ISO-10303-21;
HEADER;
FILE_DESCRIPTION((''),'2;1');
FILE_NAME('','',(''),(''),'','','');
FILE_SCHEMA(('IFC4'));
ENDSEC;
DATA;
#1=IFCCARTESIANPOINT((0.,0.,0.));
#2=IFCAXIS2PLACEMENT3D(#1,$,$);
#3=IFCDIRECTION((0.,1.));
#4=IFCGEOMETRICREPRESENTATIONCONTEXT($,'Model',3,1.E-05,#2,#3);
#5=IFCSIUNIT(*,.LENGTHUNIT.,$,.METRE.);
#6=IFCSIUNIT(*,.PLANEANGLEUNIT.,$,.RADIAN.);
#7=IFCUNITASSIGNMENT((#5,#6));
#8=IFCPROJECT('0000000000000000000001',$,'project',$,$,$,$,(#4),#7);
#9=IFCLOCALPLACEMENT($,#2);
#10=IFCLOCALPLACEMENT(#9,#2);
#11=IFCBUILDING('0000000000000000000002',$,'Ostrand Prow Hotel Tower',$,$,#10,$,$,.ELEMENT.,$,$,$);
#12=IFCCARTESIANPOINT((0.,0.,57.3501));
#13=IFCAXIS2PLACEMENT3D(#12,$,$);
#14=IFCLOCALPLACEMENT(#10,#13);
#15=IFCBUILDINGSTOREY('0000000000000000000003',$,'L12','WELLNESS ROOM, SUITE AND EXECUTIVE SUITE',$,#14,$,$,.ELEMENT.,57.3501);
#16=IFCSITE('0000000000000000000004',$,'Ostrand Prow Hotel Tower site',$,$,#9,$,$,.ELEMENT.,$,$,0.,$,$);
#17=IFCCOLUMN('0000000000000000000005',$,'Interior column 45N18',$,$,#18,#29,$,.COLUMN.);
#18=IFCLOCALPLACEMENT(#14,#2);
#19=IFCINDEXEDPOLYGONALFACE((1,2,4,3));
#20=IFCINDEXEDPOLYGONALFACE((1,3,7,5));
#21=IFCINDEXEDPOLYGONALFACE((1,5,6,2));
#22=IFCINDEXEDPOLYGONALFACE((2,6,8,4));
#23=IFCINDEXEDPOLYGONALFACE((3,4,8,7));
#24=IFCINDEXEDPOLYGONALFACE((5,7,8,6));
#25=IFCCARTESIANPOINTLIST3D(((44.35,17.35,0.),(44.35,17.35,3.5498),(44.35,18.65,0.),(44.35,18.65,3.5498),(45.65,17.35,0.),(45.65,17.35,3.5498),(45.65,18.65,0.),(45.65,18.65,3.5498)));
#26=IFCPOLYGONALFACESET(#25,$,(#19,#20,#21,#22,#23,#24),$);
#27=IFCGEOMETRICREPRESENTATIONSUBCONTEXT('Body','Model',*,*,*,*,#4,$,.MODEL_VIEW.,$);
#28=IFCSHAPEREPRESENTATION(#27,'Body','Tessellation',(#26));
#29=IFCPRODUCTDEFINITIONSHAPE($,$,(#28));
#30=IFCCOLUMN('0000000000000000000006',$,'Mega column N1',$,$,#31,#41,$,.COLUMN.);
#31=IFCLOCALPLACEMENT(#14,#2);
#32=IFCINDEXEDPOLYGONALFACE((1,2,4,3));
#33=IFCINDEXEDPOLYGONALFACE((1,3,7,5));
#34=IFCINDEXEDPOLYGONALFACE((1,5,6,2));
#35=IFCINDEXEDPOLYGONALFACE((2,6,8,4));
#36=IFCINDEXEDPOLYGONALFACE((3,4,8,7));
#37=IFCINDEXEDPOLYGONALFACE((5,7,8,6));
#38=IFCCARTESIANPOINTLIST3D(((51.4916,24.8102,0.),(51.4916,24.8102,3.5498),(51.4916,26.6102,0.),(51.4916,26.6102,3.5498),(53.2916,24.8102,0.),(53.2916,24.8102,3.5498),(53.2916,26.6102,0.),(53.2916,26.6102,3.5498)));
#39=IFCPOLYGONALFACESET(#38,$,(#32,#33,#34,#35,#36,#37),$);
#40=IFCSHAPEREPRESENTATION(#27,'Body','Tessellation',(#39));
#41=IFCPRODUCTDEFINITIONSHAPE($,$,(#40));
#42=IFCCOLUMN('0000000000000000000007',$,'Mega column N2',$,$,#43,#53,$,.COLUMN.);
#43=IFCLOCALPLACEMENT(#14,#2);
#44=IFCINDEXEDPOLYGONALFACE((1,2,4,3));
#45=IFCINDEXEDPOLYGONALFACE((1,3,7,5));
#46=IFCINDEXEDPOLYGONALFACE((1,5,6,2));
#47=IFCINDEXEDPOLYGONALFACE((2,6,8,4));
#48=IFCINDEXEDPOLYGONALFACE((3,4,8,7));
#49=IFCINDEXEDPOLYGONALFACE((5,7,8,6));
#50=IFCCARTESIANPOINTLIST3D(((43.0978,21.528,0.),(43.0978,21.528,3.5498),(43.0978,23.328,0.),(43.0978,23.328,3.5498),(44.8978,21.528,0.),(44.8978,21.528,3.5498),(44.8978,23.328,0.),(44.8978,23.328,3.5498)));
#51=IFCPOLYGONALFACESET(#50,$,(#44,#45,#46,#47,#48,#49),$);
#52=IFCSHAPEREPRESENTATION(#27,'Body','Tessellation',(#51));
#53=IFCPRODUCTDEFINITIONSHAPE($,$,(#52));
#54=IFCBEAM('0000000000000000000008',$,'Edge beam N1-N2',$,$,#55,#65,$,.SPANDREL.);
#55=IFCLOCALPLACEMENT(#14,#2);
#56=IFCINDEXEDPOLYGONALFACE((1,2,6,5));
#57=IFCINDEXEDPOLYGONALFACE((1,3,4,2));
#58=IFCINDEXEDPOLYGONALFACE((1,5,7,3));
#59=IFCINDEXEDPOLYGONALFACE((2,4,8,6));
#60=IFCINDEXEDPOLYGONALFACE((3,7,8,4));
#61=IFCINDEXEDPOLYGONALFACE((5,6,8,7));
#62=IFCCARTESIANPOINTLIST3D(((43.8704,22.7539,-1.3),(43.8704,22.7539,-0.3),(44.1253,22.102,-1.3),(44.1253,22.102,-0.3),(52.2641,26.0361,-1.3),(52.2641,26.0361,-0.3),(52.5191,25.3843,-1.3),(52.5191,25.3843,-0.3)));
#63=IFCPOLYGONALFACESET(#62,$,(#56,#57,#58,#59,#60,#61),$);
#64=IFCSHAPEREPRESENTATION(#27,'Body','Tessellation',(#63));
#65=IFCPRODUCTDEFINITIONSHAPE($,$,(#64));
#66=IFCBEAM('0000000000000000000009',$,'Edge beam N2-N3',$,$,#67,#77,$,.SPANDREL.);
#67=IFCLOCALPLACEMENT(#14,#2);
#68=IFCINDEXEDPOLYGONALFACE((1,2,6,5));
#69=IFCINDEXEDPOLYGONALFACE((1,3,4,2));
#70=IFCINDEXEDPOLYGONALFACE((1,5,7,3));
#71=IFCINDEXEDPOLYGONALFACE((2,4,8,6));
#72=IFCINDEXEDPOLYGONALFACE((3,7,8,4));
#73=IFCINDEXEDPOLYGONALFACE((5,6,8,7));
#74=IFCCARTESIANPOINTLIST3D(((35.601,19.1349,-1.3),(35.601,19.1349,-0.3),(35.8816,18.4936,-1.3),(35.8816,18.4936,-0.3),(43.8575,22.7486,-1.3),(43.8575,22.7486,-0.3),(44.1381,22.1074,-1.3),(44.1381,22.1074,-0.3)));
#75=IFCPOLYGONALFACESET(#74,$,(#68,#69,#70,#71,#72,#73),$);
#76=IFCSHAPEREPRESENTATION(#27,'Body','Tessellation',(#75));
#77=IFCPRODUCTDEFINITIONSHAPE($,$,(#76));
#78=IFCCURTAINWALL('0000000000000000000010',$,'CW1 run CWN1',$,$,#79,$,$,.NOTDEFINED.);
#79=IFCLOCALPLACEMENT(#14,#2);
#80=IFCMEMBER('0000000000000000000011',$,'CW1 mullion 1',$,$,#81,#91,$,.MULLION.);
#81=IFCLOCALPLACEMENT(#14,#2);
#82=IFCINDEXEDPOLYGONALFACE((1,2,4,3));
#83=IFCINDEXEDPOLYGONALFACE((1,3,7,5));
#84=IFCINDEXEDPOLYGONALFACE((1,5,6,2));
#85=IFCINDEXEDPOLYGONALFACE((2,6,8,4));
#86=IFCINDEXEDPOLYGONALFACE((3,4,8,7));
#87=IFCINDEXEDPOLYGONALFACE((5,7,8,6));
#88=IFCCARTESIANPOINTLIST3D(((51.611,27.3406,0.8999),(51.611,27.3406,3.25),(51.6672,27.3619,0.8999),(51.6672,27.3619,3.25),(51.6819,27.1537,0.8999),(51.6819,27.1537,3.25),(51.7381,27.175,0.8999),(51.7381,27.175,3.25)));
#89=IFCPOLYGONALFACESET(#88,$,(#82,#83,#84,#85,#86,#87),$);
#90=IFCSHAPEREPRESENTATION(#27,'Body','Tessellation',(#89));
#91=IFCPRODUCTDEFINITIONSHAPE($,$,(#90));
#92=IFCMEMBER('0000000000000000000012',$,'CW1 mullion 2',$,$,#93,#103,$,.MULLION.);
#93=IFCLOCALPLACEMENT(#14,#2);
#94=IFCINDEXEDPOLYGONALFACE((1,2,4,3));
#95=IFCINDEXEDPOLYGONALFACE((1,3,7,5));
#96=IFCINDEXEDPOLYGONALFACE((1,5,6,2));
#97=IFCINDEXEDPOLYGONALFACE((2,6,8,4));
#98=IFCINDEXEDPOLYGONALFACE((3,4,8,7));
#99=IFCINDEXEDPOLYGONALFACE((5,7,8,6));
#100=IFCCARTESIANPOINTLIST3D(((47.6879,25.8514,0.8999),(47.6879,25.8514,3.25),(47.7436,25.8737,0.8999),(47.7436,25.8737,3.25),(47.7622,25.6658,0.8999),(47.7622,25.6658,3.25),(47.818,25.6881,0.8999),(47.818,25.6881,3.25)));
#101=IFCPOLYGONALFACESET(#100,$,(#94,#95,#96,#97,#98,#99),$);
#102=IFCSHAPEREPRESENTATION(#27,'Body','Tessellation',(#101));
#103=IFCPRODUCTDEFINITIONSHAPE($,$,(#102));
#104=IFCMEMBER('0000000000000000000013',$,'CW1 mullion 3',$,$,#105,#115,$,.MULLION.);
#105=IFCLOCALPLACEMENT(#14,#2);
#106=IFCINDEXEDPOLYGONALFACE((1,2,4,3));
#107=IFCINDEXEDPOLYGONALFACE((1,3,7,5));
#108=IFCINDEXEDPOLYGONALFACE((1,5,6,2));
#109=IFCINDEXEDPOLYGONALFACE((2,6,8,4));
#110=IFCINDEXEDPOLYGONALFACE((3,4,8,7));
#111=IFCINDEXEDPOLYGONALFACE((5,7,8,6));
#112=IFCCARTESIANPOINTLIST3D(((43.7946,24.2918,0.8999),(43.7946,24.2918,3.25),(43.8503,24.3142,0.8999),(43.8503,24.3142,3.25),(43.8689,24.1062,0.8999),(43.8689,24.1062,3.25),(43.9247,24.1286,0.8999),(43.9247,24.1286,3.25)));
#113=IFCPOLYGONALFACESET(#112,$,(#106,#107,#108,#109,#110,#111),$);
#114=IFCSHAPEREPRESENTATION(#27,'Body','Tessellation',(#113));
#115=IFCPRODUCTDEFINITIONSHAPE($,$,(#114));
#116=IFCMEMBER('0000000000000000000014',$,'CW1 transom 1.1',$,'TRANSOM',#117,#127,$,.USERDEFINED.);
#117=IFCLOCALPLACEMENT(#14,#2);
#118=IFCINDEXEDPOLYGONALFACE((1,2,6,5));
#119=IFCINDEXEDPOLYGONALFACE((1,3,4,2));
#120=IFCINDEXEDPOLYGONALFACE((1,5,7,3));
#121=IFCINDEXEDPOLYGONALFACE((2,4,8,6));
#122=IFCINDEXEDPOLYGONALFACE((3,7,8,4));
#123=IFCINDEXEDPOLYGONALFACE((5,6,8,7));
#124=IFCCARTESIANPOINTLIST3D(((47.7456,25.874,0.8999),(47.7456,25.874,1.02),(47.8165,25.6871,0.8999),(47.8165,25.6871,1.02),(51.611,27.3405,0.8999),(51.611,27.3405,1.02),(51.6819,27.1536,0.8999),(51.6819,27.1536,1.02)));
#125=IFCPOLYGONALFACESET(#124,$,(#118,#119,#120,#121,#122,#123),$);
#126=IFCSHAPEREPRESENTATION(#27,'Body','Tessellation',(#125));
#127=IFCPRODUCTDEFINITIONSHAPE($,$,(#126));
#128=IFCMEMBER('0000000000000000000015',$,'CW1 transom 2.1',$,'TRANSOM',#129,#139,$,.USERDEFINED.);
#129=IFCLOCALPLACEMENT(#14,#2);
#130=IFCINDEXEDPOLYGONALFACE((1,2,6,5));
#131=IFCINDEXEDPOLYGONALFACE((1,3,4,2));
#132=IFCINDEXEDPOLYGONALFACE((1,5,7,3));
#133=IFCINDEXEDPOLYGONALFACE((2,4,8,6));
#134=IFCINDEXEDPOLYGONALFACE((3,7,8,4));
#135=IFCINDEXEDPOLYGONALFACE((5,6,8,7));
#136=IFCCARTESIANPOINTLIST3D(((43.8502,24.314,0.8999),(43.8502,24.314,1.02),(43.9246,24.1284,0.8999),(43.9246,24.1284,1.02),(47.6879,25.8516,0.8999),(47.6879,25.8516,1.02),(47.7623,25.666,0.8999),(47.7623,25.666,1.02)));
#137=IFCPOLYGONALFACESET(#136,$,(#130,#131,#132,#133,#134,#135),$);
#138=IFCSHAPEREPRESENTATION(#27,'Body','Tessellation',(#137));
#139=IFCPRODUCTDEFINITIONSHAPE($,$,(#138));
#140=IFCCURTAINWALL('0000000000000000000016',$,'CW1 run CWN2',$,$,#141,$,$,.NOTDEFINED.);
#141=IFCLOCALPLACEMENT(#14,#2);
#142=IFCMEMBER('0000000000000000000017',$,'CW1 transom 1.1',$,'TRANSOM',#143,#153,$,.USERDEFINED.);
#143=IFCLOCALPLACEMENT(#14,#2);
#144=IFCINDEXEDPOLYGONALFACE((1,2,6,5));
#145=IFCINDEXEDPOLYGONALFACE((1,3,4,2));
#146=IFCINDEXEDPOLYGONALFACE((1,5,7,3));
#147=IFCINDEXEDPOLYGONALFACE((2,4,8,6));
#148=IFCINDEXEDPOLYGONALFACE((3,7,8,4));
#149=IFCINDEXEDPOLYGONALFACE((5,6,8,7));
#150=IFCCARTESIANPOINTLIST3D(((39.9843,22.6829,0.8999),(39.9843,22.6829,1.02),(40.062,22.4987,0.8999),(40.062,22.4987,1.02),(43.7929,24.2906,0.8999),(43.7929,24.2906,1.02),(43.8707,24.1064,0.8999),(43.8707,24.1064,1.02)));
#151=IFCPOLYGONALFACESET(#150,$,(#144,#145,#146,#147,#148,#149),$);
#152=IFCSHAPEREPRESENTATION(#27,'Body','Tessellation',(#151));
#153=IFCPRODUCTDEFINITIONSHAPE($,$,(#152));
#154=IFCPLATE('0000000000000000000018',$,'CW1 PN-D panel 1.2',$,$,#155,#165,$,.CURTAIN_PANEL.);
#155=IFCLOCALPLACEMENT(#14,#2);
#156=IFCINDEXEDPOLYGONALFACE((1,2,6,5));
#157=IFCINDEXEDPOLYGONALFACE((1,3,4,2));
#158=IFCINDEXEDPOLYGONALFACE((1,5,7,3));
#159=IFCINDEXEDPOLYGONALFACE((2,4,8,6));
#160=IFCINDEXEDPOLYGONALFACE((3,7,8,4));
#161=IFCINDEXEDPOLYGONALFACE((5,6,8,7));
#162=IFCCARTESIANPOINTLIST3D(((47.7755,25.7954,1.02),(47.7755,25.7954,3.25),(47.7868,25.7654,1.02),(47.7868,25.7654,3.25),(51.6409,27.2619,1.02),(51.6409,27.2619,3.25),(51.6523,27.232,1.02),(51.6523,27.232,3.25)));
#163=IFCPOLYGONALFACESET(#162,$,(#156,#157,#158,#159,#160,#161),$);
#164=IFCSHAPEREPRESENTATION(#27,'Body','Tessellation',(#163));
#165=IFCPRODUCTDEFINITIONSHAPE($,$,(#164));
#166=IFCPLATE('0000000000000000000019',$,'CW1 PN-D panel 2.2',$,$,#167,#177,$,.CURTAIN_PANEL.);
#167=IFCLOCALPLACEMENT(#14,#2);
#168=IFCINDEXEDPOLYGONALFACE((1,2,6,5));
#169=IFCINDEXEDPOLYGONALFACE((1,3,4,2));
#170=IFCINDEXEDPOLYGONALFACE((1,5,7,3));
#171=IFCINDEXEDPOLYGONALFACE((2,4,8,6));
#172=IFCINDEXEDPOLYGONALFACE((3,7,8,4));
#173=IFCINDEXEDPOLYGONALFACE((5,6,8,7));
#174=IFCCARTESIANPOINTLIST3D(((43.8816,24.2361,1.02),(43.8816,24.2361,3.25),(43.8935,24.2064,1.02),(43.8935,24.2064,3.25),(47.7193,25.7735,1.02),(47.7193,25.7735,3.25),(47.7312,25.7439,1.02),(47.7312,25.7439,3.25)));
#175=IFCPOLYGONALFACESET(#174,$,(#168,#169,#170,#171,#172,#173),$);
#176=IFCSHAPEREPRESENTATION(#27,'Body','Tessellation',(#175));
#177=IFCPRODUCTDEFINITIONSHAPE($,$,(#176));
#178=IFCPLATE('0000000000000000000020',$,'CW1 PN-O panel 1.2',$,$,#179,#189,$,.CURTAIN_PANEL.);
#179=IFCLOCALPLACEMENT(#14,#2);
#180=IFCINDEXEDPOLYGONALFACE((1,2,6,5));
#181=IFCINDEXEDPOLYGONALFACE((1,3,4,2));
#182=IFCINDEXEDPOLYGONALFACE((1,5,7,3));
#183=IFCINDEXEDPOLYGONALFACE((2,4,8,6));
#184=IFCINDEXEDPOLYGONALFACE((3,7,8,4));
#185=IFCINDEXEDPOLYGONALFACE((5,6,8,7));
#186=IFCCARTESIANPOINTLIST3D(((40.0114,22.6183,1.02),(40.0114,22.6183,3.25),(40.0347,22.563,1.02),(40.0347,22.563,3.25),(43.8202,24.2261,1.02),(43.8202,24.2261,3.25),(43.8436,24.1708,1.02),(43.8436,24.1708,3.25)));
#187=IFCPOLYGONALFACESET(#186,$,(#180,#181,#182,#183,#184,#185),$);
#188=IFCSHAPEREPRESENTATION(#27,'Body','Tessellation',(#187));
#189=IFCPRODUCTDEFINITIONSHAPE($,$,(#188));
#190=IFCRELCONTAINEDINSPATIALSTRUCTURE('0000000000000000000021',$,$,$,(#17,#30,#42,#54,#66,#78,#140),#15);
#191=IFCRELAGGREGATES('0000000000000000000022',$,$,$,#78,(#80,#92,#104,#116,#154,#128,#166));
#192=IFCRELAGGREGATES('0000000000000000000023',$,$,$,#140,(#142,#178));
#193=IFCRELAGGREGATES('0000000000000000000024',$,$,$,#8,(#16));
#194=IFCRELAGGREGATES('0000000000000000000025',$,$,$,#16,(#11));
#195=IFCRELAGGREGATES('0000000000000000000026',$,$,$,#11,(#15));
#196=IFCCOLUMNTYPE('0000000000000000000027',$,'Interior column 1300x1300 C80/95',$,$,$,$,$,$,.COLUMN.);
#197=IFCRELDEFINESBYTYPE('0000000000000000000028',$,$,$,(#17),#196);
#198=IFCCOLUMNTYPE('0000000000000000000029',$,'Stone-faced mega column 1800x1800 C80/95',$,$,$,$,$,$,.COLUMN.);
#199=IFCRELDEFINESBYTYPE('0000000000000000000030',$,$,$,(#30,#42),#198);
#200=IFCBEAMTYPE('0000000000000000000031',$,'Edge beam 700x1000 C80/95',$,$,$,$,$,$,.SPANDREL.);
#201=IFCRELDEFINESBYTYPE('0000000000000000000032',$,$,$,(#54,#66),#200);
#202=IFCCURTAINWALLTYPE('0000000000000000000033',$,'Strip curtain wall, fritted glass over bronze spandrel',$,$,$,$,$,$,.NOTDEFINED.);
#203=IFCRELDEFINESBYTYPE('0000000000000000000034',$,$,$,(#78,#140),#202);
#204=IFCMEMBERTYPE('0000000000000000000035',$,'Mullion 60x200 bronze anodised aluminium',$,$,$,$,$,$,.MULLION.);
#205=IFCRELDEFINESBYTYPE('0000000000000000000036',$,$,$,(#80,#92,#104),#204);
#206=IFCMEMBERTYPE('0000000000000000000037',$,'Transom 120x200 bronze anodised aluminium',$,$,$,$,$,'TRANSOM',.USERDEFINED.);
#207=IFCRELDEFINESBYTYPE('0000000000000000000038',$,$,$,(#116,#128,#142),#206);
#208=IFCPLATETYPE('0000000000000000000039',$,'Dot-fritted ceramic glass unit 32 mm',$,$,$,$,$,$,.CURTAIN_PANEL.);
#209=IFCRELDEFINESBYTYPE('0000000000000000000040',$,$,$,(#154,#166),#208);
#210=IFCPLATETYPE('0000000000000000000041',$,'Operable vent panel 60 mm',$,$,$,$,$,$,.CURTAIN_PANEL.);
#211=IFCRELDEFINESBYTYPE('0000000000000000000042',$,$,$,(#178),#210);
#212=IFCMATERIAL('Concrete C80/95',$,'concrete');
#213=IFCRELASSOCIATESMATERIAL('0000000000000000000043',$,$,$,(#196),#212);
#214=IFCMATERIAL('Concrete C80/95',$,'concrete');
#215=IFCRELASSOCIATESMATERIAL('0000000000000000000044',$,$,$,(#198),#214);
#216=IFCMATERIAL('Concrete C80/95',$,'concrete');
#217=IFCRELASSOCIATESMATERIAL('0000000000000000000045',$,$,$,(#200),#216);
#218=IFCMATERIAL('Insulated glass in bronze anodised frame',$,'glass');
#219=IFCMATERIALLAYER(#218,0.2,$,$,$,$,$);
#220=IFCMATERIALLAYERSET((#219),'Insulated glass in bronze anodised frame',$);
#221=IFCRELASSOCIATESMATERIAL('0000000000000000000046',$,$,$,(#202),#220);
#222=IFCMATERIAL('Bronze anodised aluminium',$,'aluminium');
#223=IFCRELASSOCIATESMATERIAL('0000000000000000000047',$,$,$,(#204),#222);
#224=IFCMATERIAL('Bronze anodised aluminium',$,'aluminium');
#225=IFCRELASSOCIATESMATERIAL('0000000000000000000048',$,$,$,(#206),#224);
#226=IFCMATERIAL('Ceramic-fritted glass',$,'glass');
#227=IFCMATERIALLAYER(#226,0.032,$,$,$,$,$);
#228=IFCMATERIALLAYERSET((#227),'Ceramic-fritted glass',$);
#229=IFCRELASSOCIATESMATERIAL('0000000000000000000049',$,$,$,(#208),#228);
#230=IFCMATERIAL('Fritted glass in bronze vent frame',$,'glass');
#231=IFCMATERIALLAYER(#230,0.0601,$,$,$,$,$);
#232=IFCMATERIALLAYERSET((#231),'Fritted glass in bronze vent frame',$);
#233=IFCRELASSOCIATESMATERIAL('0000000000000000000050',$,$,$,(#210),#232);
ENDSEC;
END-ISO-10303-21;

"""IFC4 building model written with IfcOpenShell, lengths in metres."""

from ifc_helpers import new_model, si_unit, direction, frame, origin, origin_2d, place, context, subcontext, project, spatial, rectangle, extrude, material, layer, layer_set, material_profile, profile_set, type_object, element, aggregate, save


model = new_model("IFC4")

# Units and contexts
model_context = context("Model", 3, precision=1e-05, world=origin(), true_north=direction((0.0, 1.0)))
body_context = subcontext(model_context, "Body", "Model", "MODEL_VIEW")
ifc_project = project(units=[si_unit("LENGTHUNIT", "METRE"), si_unit("PLANEANGLEUNIT", "RADIAN")], contexts=[model_context])

# Site, building, storey
site_placement = place(None, origin())
site = spatial("IfcSite", under=ifc_project, at=site_placement, Name="Ostrand Prow Hotel Tower site", CompositionType="ELEMENT", RefElevation=0.0)
building_placement = place(site_placement, origin())
building = spatial("IfcBuilding", under=site, at=building_placement, Name="Ostrand Prow Hotel Tower", CompositionType="ELEMENT")
storey_placement = place(building_placement, frame((0.0, 0.0, 57.3501)))
storey = spatial("IfcBuildingStorey", under=building, at=storey_placement, Name="L12", Description="WELLNESS ROOM, SUITE AND EXECUTIVE SUITE", CompositionType="ELEMENT", Elevation=57.3501)

# Columns
ifc_material_1 = material(Name="Concrete C80/95", Category="concrete")
ifc_material_profile_1 = material_profile(ifc_material_1, rectangle(XDim=1.3, YDim=1.3, at=origin_2d()), Name="RC 1300x1300")
ifc_profile_set_1 = profile_set([ifc_material_profile_1], Name="Concrete C80/95")
column_type_1 = type_object("IfcColumnType", Name="Interior column 1300x1300 C80/95", PredefinedType="COLUMN", material=ifc_profile_set_1)
column_placement = place(storey_placement, frame((45.0, 18.0, 0.0), z_axis=(0.0, 0.0, 1.0), x_axis=(1.0, 0.0, 0.0)))
element("IfcColumn", 1, at=column_placement, inside=storey, type_object=column_type_1, Name="Interior column 45N18", PredefinedType="COLUMN", context=body_context, shape_type="SweptSolid", body=[
    extrude(rectangle(XDim=1.3, YDim=1.3, at=origin_2d()), origin(), (0.0, 0.0, 1.0), 3.5498),
])
ifc_material_2 = material(Name="Concrete C80/95", Category="concrete")
ifc_material_profile_2 = material_profile(ifc_material_2, rectangle(XDim=1.8, YDim=1.8, at=origin_2d()), Name="RC 1800x1800")
ifc_profile_set_2 = profile_set([ifc_material_profile_2], Name="Concrete C80/95")
column_type_2 = type_object("IfcColumnType", Name="Stone-faced mega column 1800x1800 C80/95", PredefinedType="COLUMN", material=ifc_profile_set_2)
for number, where, z_axis, x_axis, name in (
    (2, (52.3916, 25.7102, 0.0), (0.0, 0.0, 1.0), (1.0, 0.0, 0.0), "Mega column N1"),
    (3, (43.9978, 22.428, 0.0), (0.0, 0.0, 1.0), (1.0, 0.0, 0.0), "Mega column N2"),
):
    element("IfcColumn", number, at=place(storey_placement, frame(where, z_axis=z_axis, x_axis=x_axis)), inside=storey, type_object=column_type_2, Name=name, PredefinedType="COLUMN", context=body_context, shape_type="SweptSolid", body=[
        extrude(rectangle(XDim=1.8, YDim=1.8, at=origin_2d()), origin(), (0.0, 0.0, 1.0), 3.5498),
    ])

# Beams
ifc_material_3 = material(Name="Concrete C80/95", Category="concrete")
ifc_material_profile_3 = material_profile(ifc_material_3, rectangle(XDim=0.7, YDim=1.0, at=origin_2d()), Name="RC 700x1000")
ifc_profile_set_3 = profile_set([ifc_material_profile_3], Name="Concrete C80/95")
beam_type = type_object("IfcBeamType", Name="Edge beam 700x1000 C80/95", PredefinedType="SPANDREL", material=ifc_profile_set_3)
for number, where, z_axis, x_axis, name in (
    (4, (52.3916, 25.7102, -0.8), (-0.931329, -0.364178, 0.0), (0.364178, -0.931329, 0.0), "Edge beam N1-N2"),
    (5, (43.9978, 22.428, -0.8), (-0.916096, -0.40096, 0.0), (0.40096, -0.916096, 0.0), "Edge beam N2-N3"),
):
    element("IfcBeam", number, at=place(storey_placement, frame(where, z_axis=z_axis, x_axis=x_axis)), inside=storey, type_object=beam_type, Name=name, PredefinedType="SPANDREL", context=body_context, shape_type="SweptSolid", body=[
        extrude(rectangle(XDim=0.7, YDim=1.0, at=origin_2d()), origin(), (0.0, 0.0, 1.0), 9.0127),
    ])

# Curtain wall, members
ifc_material_4 = material(Name="Insulated glass in bronze anodised frame", Category="glass")
ifc_layer_1 = layer(ifc_material_4, 0.2)
ifc_layer_set_1 = layer_set([ifc_layer_1], Name="Insulated glass in bronze anodised frame")
curtain_wall_type = type_object("IfcCurtainWallType", Name="Strip curtain wall, fritted glass over bronze spandrel", PredefinedType="NOTDEFINED", material=ifc_layer_set_1)
curtain_wall_1_placement = place(storey_placement, origin())
curtain_wall_1 = element("IfcCurtainWall", 6, at=curtain_wall_1_placement, inside=storey, type_object=curtain_wall_type, Name="CW1 run CWN1", PredefinedType="NOTDEFINED")
ifc_material_5 = material(Name="Bronze anodised aluminium", Category="aluminium")
ifc_material_profile_4 = material_profile(ifc_material_5, rectangle(XDim=0.2, YDim=0.0601, at=origin_2d()), Name="Mullion 60x200 bronze anodised aluminium")
ifc_profile_set_4 = profile_set([ifc_material_profile_4], Name="Bronze anodised aluminium")
member_type_1 = type_object("IfcMemberType", Name="Mullion 60x200 bronze anodised aluminium", PredefinedType="MULLION", material=ifc_profile_set_4)
member_1_placement = place(storey_placement, frame((51.6746, 27.2578, 0.8999), z_axis=(0.0, 0.0, 1.0), x_axis=(0.354728, -0.934969, 0.0)))
member_1 = element("IfcMember", 7, at=member_1_placement, type_object=member_type_1, Name="CW1 mullion 1", PredefinedType="MULLION", context=body_context, shape_type="SweptSolid", body=[
    extrude(rectangle(XDim=0.2, YDim=0.0601, at=origin_2d()), origin(), (0.0, 0.0, 1.0), 2.3501),
])
member_2_placement = place(storey_placement, frame((47.7529, 25.7698, 0.8999), z_axis=(0.0, 0.0, 1.0), x_axis=(0.371873, -0.928283, 0.0)))
member_2 = element("IfcMember", 8, at=member_2_placement, type_object=member_type_1, Name="CW1 mullion 2", PredefinedType="MULLION", context=body_context, shape_type="SweptSolid", body=[
    extrude(rectangle(XDim=0.2, YDim=0.0601, at=origin_2d()), origin(), (0.0, 0.0, 1.0), 2.3501),
])
member_3_placement = place(storey_placement, frame((43.8596, 24.2102, 0.8999), z_axis=(0.0, 0.0, 1.0), x_axis=(0.371873, -0.928283, 0.0)))
member_3 = element("IfcMember", 9, at=member_3_placement, type_object=member_type_1, Name="CW1 mullion 3", PredefinedType="MULLION", context=body_context, shape_type="SweptSolid", body=[
    extrude(rectangle(XDim=0.2, YDim=0.0601, at=origin_2d()), origin(), (0.0, 0.0, 1.0), 2.3501),
])
ifc_material_6 = material(Name="Bronze anodised aluminium", Category="aluminium")
ifc_material_profile_5 = material_profile(ifc_material_6, rectangle(XDim=0.2, YDim=0.1201, at=origin_2d()), Name="Transom 120x200 bronze anodised aluminium")
ifc_profile_set_5 = profile_set([ifc_material_profile_5], Name="Bronze anodised aluminium")
member_type_2 = type_object("IfcMemberType", Name="Transom 120x200 bronze anodised aluminium", ElementType="TRANSOM", PredefinedType="USERDEFINED", material=ifc_profile_set_5)
member_4_placement = place(storey_placement, frame((51.6465, 27.2471, 0.96), z_axis=(-0.934971, -0.354725, 0.0), x_axis=(0.354725, -0.934971, 0.0)))
member_4 = element("IfcMember", 10, at=member_4_placement, type_object=member_type_2, Name="CW1 transom 1.1", ObjectType="TRANSOM", PredefinedType="USERDEFINED", context=body_context, shape_type="SweptSolid", body=[
    extrude(rectangle(XDim=0.2, YDim=0.1201, at=origin_2d()), origin(), (0.0, 0.0, 1.0), 4.1343),
])
member_5_placement = place(storey_placement, frame((47.7251, 25.7588, 0.96), z_axis=(-0.928265, -0.37192, 0.0), x_axis=(0.37192, -0.928265, 0.0)))
member_5 = element("IfcMember", 11, at=member_5_placement, type_object=member_type_2, Name="CW1 transom 2.1", ObjectType="TRANSOM", PredefinedType="USERDEFINED", context=body_context, shape_type="SweptSolid", body=[
    extrude(rectangle(XDim=0.2, YDim=0.1201, at=origin_2d()), origin(), (0.0, 0.0, 1.0), 4.1343),
])

# Curtain wall, member
curtain_wall_2_placement = place(storey_placement, origin())
curtain_wall_2 = element("IfcCurtainWall", 12, at=curtain_wall_2_placement, inside=storey, type_object=curtain_wall_type, Name="CW1 run CWN2", PredefinedType="NOTDEFINED")
member_6_placement = place(storey_placement, frame((43.8318, 24.1985, 0.96), z_axis=(-0.921285, -0.388888, 0.0), x_axis=(0.388888, -0.921285, 0.0)))
member_6 = element("IfcMember", 13, at=member_6_placement, type_object=member_type_2, Name="CW1 transom 1.1", ObjectType="TRANSOM", PredefinedType="USERDEFINED", context=body_context, shape_type="SweptSolid", body=[
    extrude(rectangle(XDim=0.2, YDim=0.1201, at=origin_2d()), origin(), (0.0, 0.0, 1.0), 4.134),
])

# Plates
ifc_material_7 = material(Name="Ceramic-fritted glass", Category="glass")
ifc_layer_2 = layer(ifc_material_7, 0.032)
ifc_layer_set_2 = layer_set([ifc_layer_2], Name="Ceramic-fritted glass")
plate_type_1 = type_object("IfcPlateType", Name="Dot-fritted ceramic glass unit 32 mm", PredefinedType="CURTAIN_PANEL", material=ifc_layer_set_2)
plate_1_placement = place(storey_placement, frame((49.7139, 26.5137, 1.02), z_axis=(0.0, 0.0, 1.0), x_axis=(-0.934969, -0.354728, 0.0)))
plate_1 = element("IfcPlate", 14, at=plate_1_placement, type_object=plate_type_1, Name="CW1 PN-D panel 1.2", PredefinedType="CURTAIN_PANEL", context=body_context, shape_type="SweptSolid", body=[
    extrude(rectangle(XDim=4.1343, YDim=0.032, at=origin_2d()), origin(), (0.0, 0.0, 1.0), 2.23),
])
plate_2_placement = place(storey_placement, frame((45.8064, 24.99, 1.02), z_axis=(0.0, 0.0, 1.0), x_axis=(-0.928283, -0.371873, 0.0)))
plate_2 = element("IfcPlate", 15, at=plate_2_placement, type_object=plate_type_1, Name="CW1 PN-D panel 2.2", PredefinedType="CURTAIN_PANEL", context=body_context, shape_type="SweptSolid", body=[
    extrude(rectangle(XDim=4.1343, YDim=0.032, at=origin_2d()), origin(), (0.0, 0.0, 1.0), 2.23),
])
aggregate(curtain_wall_1, [member_1, member_2, member_3, member_4, plate_1, member_5, plate_2])
ifc_material_8 = material(Name="Fritted glass in bronze vent frame", Category="glass")
ifc_layer_3 = layer(ifc_material_8, 0.0601)
ifc_layer_set_3 = layer_set([ifc_layer_3], Name="Fritted glass in bronze vent frame")
plate_type_2 = type_object("IfcPlateType", Name="Operable vent panel 60 mm", PredefinedType="CURTAIN_PANEL", material=ifc_layer_set_3)
plate_3_placement = place(storey_placement, frame((41.9275, 23.3945, 1.02), z_axis=(0.0, 0.0, 1.0), x_axis=(-0.921283, -0.388892, 0.0)))
plate_3 = element("IfcPlate", 16, at=plate_3_placement, type_object=plate_type_2, Name="CW1 PN-O panel 1.2", PredefinedType="CURTAIN_PANEL", context=body_context, shape_type="SweptSolid", body=[
    extrude(rectangle(XDim=4.1343, YDim=0.0601, at=origin_2d()), origin(), (0.0, 0.0, 1.0), 2.23),
])
aggregate(curtain_wall_2, [member_6, plate_3])

save(model, "model.ifc")
